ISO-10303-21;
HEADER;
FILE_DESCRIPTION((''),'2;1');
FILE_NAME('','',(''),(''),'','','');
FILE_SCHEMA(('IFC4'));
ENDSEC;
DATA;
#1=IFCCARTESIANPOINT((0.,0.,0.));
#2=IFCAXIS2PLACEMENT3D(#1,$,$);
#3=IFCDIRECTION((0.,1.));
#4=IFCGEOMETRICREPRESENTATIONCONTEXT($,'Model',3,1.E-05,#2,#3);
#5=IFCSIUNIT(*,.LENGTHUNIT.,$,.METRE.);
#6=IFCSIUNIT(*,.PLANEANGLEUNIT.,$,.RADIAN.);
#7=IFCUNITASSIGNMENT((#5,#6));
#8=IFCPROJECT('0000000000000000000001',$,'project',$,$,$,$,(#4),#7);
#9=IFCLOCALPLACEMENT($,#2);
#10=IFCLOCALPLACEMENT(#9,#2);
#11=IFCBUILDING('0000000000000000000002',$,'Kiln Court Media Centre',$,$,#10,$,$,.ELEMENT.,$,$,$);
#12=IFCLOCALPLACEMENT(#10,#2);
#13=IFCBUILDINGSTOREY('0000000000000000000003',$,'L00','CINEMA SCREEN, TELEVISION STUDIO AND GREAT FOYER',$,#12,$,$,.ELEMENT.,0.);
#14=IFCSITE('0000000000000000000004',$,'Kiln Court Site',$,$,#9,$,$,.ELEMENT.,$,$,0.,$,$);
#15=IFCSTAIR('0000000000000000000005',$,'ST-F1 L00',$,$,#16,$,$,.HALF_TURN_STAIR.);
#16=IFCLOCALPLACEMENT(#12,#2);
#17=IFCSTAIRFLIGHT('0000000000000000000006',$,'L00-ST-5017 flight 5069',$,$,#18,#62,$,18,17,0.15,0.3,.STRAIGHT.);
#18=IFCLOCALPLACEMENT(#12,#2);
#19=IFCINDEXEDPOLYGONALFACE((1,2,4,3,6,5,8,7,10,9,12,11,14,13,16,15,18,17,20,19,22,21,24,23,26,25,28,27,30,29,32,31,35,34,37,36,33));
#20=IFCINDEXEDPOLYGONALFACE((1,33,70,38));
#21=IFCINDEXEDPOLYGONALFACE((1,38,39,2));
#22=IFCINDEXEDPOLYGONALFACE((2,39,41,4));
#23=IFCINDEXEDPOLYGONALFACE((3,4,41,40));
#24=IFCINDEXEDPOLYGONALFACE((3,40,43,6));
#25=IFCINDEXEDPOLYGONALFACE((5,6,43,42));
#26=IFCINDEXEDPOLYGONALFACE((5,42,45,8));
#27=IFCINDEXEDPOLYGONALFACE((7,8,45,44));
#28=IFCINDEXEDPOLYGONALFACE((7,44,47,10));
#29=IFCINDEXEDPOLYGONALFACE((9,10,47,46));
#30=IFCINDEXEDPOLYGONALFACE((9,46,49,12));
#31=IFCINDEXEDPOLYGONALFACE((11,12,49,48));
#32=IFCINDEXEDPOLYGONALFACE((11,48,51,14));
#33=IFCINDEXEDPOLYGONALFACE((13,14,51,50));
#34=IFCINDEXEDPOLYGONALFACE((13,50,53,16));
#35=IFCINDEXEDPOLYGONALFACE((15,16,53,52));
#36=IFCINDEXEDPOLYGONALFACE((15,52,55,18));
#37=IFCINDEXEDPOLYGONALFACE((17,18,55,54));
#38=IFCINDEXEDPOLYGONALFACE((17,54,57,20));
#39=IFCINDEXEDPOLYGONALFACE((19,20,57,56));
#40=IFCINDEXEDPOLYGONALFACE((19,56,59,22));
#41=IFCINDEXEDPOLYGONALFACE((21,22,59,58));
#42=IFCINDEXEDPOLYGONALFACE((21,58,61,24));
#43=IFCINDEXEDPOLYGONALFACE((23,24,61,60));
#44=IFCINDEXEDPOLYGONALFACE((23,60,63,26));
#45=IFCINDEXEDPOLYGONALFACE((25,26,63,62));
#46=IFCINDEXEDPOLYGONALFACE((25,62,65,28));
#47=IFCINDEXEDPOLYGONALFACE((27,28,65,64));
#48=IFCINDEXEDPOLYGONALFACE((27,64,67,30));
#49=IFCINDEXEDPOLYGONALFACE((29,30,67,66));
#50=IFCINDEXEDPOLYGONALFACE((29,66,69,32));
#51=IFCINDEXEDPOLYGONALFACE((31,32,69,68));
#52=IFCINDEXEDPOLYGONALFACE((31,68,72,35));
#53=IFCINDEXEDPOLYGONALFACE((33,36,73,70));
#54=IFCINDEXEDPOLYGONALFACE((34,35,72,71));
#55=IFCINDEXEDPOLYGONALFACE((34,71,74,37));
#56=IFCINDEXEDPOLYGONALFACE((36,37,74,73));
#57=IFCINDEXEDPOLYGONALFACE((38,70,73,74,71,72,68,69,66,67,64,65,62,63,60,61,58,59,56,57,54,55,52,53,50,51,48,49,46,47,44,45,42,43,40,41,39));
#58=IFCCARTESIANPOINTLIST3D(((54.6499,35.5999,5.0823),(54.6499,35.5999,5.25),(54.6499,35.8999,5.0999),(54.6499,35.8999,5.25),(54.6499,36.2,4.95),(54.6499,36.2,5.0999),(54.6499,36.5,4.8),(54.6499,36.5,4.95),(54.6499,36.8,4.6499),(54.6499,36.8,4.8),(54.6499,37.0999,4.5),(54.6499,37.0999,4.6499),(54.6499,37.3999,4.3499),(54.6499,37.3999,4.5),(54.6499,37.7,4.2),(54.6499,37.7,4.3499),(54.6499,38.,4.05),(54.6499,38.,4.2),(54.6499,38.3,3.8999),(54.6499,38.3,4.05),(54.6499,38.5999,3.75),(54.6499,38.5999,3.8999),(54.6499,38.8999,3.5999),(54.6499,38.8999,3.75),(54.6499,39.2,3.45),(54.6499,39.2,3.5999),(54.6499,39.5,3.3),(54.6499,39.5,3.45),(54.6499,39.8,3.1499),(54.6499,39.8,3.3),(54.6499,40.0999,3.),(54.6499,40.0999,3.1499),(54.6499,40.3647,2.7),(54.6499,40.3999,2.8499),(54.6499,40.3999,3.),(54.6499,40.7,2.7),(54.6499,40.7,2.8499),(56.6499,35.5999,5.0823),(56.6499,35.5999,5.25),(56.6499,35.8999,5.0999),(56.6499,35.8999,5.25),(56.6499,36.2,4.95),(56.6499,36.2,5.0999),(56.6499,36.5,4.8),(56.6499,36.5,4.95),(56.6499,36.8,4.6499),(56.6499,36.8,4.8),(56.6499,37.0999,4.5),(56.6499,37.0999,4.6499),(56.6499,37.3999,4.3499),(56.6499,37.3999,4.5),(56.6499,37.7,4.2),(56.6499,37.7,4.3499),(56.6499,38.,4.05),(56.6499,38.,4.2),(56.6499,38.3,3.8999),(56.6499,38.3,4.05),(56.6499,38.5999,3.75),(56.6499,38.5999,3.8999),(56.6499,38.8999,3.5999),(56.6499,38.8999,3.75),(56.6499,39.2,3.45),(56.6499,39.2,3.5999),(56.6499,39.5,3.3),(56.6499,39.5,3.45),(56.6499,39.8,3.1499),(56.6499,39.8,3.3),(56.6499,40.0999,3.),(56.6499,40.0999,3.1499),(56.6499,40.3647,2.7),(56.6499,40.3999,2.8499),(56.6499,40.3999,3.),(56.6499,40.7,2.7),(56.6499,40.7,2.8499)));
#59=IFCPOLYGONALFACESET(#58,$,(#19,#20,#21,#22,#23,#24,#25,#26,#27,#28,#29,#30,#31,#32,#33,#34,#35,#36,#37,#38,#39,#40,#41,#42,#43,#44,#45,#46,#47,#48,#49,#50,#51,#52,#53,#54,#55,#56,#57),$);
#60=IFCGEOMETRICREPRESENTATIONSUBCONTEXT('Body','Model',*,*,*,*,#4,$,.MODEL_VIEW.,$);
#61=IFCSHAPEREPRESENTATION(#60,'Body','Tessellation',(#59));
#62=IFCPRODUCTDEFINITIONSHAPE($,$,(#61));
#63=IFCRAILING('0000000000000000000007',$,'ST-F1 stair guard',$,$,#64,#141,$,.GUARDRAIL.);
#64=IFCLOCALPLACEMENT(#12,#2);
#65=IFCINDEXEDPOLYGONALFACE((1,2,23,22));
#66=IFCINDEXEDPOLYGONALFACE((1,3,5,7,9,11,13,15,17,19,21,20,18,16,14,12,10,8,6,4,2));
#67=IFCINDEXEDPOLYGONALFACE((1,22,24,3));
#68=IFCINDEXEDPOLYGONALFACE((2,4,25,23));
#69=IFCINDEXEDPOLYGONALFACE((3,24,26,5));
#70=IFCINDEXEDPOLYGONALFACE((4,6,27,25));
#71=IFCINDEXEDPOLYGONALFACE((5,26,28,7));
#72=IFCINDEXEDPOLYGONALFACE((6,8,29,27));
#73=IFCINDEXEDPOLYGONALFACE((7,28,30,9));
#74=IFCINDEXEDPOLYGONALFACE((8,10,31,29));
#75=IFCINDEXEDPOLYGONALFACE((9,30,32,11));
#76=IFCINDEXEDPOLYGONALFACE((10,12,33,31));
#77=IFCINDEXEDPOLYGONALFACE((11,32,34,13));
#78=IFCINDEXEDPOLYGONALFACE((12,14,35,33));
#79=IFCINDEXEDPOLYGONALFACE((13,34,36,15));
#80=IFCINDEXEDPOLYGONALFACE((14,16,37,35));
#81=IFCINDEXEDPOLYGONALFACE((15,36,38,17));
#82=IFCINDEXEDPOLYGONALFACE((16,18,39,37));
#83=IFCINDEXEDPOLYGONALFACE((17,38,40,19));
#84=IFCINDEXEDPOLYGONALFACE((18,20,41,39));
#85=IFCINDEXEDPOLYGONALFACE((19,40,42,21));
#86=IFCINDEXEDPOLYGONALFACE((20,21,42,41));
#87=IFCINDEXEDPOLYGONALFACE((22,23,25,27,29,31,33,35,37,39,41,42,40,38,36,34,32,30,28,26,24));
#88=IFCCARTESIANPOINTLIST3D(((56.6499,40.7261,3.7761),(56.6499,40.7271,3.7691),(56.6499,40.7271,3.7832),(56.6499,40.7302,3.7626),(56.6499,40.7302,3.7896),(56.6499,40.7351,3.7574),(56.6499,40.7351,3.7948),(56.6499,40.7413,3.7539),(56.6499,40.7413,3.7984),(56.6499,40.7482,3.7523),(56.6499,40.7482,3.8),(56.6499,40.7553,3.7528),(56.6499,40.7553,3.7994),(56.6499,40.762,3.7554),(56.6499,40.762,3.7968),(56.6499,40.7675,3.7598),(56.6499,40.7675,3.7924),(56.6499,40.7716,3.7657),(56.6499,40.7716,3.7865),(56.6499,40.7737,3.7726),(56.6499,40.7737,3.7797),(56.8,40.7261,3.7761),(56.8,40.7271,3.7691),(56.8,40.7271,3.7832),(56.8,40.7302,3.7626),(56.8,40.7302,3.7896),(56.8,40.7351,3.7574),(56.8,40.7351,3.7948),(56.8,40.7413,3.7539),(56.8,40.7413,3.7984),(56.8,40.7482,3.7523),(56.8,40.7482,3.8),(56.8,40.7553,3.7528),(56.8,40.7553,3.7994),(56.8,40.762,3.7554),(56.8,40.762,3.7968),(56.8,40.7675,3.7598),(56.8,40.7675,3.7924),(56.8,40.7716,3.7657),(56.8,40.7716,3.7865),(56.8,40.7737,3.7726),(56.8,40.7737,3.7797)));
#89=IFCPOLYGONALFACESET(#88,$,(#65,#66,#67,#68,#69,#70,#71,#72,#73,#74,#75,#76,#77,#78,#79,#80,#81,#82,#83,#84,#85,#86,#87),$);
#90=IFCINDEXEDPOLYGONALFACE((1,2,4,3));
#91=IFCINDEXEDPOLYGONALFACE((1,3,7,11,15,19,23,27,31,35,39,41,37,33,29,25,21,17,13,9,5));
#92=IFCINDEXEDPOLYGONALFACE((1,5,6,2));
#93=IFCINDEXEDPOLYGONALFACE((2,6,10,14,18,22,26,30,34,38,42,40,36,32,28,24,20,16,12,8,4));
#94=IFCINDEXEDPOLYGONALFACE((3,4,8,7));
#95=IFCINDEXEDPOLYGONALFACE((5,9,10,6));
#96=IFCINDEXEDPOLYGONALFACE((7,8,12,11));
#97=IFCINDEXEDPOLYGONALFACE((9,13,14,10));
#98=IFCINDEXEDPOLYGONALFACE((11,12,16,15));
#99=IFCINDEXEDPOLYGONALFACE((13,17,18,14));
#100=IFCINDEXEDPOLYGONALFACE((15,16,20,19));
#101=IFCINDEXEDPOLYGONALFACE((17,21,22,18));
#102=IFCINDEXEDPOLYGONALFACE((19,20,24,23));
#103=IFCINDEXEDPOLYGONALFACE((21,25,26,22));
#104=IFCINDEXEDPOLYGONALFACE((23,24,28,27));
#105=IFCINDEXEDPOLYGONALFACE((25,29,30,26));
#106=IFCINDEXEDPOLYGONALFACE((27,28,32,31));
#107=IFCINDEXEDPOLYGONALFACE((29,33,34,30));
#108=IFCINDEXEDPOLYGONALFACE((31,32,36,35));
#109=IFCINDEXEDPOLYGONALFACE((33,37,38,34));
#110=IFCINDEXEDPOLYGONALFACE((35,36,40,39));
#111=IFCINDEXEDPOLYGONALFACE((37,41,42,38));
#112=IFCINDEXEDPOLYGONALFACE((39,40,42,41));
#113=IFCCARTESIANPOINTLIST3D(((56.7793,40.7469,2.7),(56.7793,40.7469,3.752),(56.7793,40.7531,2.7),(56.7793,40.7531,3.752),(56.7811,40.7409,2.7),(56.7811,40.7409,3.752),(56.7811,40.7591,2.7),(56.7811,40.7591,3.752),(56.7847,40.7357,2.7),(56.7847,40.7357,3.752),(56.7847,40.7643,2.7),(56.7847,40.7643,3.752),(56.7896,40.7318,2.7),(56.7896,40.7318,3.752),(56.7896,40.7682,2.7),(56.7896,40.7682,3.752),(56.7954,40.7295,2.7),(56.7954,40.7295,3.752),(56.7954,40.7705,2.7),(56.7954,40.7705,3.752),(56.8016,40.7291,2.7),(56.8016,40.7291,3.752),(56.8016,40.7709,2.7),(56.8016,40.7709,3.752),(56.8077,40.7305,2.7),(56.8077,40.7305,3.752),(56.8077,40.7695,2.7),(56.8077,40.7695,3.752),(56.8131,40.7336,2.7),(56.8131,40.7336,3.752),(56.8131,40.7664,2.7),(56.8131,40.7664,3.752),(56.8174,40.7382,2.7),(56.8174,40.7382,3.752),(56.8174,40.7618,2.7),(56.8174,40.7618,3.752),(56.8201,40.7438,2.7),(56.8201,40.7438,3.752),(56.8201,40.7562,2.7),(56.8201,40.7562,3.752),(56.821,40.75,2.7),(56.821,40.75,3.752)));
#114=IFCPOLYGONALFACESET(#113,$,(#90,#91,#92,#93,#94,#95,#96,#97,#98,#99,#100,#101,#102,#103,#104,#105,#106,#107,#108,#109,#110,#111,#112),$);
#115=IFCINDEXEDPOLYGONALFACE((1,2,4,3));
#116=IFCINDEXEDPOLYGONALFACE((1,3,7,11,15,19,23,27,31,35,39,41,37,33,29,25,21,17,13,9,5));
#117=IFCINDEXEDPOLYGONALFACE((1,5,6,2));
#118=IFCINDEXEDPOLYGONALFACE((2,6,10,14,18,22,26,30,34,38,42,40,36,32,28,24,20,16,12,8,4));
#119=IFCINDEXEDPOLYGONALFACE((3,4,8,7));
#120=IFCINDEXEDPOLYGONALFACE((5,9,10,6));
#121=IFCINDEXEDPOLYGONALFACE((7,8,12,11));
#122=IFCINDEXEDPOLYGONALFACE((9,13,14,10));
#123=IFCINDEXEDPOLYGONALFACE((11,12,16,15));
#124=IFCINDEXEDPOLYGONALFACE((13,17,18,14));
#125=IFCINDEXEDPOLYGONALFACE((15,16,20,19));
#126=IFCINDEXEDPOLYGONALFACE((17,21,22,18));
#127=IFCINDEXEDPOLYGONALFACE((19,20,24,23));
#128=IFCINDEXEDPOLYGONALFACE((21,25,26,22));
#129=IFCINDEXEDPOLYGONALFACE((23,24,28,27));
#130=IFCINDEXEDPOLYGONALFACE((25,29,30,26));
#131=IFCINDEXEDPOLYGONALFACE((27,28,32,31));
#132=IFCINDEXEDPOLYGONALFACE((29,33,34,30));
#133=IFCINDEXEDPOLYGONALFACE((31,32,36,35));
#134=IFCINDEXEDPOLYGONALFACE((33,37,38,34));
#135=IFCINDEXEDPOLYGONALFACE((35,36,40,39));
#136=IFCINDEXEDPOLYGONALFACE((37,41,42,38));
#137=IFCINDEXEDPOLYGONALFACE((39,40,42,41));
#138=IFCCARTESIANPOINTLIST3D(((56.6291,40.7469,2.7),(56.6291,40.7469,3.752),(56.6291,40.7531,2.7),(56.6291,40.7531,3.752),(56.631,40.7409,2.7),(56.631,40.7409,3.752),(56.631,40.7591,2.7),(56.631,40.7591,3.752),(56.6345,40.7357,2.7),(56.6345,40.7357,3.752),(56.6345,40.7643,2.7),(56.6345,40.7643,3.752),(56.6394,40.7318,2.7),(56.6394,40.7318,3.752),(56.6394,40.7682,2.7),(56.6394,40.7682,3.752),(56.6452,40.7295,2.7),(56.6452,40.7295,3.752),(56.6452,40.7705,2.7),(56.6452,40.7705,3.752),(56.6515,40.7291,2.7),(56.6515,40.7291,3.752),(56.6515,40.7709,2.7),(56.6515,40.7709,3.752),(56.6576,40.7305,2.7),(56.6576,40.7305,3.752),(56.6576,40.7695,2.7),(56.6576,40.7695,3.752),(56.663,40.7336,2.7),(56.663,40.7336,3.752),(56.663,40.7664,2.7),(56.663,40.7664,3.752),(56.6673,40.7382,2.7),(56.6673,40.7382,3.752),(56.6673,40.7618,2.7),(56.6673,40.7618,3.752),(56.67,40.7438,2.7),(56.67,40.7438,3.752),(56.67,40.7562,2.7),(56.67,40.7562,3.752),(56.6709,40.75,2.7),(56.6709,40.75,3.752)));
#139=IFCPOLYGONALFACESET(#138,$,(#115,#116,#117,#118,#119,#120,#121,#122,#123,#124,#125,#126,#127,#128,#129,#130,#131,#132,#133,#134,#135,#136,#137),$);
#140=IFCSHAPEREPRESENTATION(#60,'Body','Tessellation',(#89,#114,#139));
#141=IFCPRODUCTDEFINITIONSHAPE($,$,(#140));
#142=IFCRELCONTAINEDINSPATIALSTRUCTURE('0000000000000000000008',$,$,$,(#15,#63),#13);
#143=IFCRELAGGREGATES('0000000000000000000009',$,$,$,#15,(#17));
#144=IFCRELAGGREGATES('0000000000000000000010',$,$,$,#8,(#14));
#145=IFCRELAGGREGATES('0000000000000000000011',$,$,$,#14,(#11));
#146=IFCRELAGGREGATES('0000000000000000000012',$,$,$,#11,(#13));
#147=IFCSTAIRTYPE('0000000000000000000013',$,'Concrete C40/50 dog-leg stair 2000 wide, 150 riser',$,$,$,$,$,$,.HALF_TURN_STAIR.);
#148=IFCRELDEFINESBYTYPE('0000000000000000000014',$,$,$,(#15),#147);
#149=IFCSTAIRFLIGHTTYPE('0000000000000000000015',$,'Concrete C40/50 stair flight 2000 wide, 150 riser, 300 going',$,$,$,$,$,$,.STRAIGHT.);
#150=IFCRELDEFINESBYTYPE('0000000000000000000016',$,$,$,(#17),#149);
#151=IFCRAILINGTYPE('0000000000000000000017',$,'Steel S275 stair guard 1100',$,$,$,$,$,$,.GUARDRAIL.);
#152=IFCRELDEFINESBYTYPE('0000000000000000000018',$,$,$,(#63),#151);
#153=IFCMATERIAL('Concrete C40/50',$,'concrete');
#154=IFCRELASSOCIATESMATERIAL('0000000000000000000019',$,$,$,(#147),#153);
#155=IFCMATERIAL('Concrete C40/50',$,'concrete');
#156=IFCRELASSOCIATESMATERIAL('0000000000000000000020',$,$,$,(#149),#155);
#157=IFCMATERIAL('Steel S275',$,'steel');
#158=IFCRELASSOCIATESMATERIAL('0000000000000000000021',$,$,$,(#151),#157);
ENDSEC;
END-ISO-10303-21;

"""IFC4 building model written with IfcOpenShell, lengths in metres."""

from ifc_helpers import new_model, si_unit, direction, frame, origin, origin_2d, place, context, subcontext, project, spatial, polyline, circle, outline, extrude, material, type_object, element, aggregate, save


model = new_model("IFC4")

# Units and contexts
model_context = context("Model", 3, precision=1e-05, world=origin(), true_north=direction((0.0, 1.0)))
body_context = subcontext(model_context, "Body", "Model", "MODEL_VIEW")
ifc_project = project(units=[si_unit("LENGTHUNIT", "METRE"), si_unit("PLANEANGLEUNIT", "RADIAN")], contexts=[model_context])

# Site, building, storey
site_placement = place(None, origin())
site = spatial("IfcSite", under=ifc_project, at=site_placement, Name="Kiln Court Site", CompositionType="ELEMENT", RefElevation=0.0)
building_placement = place(site_placement, origin())
building = spatial("IfcBuilding", under=site, at=building_placement, Name="Kiln Court Media Centre", CompositionType="ELEMENT")
storey_placement = place(building_placement, origin())
storey = spatial("IfcBuildingStorey", under=building, at=storey_placement, Name="L00", Description="CINEMA SCREEN, TELEVISION STUDIO AND GREAT FOYER", CompositionType="ELEMENT", Elevation=0.0)

# Stair, stair flight
ifc_material_1 = material(Name="Concrete C40/50", Category="concrete")
stair_type = type_object("IfcStairType", Name="Concrete C40/50 dog-leg stair 2000 wide, 150 riser", PredefinedType="HALF_TURN_STAIR", material=ifc_material_1)
stair_placement = place(storey_placement, origin())
stair = element("IfcStair", 1, at=stair_placement, inside=storey, type_object=stair_type, Name="ST-F1 L00", PredefinedType="HALF_TURN_STAIR")
ifc_material_2 = material(Name="Concrete C40/50", Category="concrete")
stair_flight_type = type_object("IfcStairFlightType", Name="Concrete C40/50 stair flight 2000 wide, 150 riser, 300 going", PredefinedType="STRAIGHT", material=ifc_material_2)
stair_flight_placement = place(storey_placement, frame((55.6499, 40.7, 2.7), z_axis=(0.0, 0.0, 1.0), x_axis=(0.0, -1.0, 0.0)))
stair_flight = element("IfcStairFlight", 2, at=stair_flight_placement, type_object=stair_flight_type, Name="L00-ST-5017 flight 5069", NumberOfRisers=18, NumberOfTreads=17, PredefinedType="STRAIGHT", RiserHeight=0.15, TreadLength=0.3, context=body_context, shape_type="SweptSolid", body=[
    extrude(outline(polyline([(0.0, 0.0), (0.0, 0.1499), (0.3, 0.1499), (0.3, 0.3), (0.6001, 0.3), (0.6001, 0.45), (0.8999, 0.45), (0.8999, 0.6001), (1.2, 0.6001), (1.2, 0.75), (1.5, 0.75), (1.5, 0.8999), (1.8, 0.8999), (1.8, 1.05), (2.1001, 1.05), (2.1001, 1.2), (2.3999, 1.2), (2.3999, 1.3501), (2.7, 1.3501), (2.7, 1.5), (3.0, 1.5), (3.0, 1.6499), (3.3, 1.6499), (3.3, 1.8), (3.6001, 1.8), (3.6001, 1.95), (3.8999, 1.95), (3.8999, 2.1001), (4.2, 2.1001), (4.2, 2.25), (4.5, 2.25), (4.5, 2.3999), (4.8, 2.3999), (4.8, 2.55), (5.1001, 2.55), (5.1001, 2.7), (5.1001, 2.3823), (0.3352, 0.0), (0.0, 0.0)])), frame((0.0, 1.0, 0.0), z_axis=(0.0, -1.0, 0.0), x_axis=(1.0, 0.0, 0.0)), (0.0, 0.0, 1.0), 2.0),
])
aggregate(stair, [stair_flight])

# Railing
ifc_material_3 = material(Name="Steel S275", Category="steel")
railing_type_1 = type_object("IfcRailingType", Name="Steel S275 stair guard 1100", PredefinedType="GUARDRAIL", material=ifc_material_3)
railing_1_placement = place(storey_placement, frame((56.8, 40.75, 2.7)))
element("IfcRailing", 3, at=railing_1_placement, inside=storey, type_object=railing_type_1, Name="ST-F1 stair guard", PredefinedType="GUARDRAIL", context=body_context, shape_type="SweptSolid", body=[
    extrude(circle(Radius=0.0239, at=origin_2d()), frame((0.0, 0.0, 1.0762), z_axis=(-1.0, 0.0, 0.0), x_axis=(0.0, -1.0, 0.0)), (0.0, 0.0, 1.0), 0.1501),
    extrude(circle(Radius=0.021, at=origin_2d()), origin(), (0.0, 0.0, 1.0), 1.052),
    extrude(circle(Radius=0.021, at=origin_2d()), frame((-0.1501, 0.0, 0.0)), (0.0, 0.0, 1.0), 1.052),
])

save(model, "model.ifc")
